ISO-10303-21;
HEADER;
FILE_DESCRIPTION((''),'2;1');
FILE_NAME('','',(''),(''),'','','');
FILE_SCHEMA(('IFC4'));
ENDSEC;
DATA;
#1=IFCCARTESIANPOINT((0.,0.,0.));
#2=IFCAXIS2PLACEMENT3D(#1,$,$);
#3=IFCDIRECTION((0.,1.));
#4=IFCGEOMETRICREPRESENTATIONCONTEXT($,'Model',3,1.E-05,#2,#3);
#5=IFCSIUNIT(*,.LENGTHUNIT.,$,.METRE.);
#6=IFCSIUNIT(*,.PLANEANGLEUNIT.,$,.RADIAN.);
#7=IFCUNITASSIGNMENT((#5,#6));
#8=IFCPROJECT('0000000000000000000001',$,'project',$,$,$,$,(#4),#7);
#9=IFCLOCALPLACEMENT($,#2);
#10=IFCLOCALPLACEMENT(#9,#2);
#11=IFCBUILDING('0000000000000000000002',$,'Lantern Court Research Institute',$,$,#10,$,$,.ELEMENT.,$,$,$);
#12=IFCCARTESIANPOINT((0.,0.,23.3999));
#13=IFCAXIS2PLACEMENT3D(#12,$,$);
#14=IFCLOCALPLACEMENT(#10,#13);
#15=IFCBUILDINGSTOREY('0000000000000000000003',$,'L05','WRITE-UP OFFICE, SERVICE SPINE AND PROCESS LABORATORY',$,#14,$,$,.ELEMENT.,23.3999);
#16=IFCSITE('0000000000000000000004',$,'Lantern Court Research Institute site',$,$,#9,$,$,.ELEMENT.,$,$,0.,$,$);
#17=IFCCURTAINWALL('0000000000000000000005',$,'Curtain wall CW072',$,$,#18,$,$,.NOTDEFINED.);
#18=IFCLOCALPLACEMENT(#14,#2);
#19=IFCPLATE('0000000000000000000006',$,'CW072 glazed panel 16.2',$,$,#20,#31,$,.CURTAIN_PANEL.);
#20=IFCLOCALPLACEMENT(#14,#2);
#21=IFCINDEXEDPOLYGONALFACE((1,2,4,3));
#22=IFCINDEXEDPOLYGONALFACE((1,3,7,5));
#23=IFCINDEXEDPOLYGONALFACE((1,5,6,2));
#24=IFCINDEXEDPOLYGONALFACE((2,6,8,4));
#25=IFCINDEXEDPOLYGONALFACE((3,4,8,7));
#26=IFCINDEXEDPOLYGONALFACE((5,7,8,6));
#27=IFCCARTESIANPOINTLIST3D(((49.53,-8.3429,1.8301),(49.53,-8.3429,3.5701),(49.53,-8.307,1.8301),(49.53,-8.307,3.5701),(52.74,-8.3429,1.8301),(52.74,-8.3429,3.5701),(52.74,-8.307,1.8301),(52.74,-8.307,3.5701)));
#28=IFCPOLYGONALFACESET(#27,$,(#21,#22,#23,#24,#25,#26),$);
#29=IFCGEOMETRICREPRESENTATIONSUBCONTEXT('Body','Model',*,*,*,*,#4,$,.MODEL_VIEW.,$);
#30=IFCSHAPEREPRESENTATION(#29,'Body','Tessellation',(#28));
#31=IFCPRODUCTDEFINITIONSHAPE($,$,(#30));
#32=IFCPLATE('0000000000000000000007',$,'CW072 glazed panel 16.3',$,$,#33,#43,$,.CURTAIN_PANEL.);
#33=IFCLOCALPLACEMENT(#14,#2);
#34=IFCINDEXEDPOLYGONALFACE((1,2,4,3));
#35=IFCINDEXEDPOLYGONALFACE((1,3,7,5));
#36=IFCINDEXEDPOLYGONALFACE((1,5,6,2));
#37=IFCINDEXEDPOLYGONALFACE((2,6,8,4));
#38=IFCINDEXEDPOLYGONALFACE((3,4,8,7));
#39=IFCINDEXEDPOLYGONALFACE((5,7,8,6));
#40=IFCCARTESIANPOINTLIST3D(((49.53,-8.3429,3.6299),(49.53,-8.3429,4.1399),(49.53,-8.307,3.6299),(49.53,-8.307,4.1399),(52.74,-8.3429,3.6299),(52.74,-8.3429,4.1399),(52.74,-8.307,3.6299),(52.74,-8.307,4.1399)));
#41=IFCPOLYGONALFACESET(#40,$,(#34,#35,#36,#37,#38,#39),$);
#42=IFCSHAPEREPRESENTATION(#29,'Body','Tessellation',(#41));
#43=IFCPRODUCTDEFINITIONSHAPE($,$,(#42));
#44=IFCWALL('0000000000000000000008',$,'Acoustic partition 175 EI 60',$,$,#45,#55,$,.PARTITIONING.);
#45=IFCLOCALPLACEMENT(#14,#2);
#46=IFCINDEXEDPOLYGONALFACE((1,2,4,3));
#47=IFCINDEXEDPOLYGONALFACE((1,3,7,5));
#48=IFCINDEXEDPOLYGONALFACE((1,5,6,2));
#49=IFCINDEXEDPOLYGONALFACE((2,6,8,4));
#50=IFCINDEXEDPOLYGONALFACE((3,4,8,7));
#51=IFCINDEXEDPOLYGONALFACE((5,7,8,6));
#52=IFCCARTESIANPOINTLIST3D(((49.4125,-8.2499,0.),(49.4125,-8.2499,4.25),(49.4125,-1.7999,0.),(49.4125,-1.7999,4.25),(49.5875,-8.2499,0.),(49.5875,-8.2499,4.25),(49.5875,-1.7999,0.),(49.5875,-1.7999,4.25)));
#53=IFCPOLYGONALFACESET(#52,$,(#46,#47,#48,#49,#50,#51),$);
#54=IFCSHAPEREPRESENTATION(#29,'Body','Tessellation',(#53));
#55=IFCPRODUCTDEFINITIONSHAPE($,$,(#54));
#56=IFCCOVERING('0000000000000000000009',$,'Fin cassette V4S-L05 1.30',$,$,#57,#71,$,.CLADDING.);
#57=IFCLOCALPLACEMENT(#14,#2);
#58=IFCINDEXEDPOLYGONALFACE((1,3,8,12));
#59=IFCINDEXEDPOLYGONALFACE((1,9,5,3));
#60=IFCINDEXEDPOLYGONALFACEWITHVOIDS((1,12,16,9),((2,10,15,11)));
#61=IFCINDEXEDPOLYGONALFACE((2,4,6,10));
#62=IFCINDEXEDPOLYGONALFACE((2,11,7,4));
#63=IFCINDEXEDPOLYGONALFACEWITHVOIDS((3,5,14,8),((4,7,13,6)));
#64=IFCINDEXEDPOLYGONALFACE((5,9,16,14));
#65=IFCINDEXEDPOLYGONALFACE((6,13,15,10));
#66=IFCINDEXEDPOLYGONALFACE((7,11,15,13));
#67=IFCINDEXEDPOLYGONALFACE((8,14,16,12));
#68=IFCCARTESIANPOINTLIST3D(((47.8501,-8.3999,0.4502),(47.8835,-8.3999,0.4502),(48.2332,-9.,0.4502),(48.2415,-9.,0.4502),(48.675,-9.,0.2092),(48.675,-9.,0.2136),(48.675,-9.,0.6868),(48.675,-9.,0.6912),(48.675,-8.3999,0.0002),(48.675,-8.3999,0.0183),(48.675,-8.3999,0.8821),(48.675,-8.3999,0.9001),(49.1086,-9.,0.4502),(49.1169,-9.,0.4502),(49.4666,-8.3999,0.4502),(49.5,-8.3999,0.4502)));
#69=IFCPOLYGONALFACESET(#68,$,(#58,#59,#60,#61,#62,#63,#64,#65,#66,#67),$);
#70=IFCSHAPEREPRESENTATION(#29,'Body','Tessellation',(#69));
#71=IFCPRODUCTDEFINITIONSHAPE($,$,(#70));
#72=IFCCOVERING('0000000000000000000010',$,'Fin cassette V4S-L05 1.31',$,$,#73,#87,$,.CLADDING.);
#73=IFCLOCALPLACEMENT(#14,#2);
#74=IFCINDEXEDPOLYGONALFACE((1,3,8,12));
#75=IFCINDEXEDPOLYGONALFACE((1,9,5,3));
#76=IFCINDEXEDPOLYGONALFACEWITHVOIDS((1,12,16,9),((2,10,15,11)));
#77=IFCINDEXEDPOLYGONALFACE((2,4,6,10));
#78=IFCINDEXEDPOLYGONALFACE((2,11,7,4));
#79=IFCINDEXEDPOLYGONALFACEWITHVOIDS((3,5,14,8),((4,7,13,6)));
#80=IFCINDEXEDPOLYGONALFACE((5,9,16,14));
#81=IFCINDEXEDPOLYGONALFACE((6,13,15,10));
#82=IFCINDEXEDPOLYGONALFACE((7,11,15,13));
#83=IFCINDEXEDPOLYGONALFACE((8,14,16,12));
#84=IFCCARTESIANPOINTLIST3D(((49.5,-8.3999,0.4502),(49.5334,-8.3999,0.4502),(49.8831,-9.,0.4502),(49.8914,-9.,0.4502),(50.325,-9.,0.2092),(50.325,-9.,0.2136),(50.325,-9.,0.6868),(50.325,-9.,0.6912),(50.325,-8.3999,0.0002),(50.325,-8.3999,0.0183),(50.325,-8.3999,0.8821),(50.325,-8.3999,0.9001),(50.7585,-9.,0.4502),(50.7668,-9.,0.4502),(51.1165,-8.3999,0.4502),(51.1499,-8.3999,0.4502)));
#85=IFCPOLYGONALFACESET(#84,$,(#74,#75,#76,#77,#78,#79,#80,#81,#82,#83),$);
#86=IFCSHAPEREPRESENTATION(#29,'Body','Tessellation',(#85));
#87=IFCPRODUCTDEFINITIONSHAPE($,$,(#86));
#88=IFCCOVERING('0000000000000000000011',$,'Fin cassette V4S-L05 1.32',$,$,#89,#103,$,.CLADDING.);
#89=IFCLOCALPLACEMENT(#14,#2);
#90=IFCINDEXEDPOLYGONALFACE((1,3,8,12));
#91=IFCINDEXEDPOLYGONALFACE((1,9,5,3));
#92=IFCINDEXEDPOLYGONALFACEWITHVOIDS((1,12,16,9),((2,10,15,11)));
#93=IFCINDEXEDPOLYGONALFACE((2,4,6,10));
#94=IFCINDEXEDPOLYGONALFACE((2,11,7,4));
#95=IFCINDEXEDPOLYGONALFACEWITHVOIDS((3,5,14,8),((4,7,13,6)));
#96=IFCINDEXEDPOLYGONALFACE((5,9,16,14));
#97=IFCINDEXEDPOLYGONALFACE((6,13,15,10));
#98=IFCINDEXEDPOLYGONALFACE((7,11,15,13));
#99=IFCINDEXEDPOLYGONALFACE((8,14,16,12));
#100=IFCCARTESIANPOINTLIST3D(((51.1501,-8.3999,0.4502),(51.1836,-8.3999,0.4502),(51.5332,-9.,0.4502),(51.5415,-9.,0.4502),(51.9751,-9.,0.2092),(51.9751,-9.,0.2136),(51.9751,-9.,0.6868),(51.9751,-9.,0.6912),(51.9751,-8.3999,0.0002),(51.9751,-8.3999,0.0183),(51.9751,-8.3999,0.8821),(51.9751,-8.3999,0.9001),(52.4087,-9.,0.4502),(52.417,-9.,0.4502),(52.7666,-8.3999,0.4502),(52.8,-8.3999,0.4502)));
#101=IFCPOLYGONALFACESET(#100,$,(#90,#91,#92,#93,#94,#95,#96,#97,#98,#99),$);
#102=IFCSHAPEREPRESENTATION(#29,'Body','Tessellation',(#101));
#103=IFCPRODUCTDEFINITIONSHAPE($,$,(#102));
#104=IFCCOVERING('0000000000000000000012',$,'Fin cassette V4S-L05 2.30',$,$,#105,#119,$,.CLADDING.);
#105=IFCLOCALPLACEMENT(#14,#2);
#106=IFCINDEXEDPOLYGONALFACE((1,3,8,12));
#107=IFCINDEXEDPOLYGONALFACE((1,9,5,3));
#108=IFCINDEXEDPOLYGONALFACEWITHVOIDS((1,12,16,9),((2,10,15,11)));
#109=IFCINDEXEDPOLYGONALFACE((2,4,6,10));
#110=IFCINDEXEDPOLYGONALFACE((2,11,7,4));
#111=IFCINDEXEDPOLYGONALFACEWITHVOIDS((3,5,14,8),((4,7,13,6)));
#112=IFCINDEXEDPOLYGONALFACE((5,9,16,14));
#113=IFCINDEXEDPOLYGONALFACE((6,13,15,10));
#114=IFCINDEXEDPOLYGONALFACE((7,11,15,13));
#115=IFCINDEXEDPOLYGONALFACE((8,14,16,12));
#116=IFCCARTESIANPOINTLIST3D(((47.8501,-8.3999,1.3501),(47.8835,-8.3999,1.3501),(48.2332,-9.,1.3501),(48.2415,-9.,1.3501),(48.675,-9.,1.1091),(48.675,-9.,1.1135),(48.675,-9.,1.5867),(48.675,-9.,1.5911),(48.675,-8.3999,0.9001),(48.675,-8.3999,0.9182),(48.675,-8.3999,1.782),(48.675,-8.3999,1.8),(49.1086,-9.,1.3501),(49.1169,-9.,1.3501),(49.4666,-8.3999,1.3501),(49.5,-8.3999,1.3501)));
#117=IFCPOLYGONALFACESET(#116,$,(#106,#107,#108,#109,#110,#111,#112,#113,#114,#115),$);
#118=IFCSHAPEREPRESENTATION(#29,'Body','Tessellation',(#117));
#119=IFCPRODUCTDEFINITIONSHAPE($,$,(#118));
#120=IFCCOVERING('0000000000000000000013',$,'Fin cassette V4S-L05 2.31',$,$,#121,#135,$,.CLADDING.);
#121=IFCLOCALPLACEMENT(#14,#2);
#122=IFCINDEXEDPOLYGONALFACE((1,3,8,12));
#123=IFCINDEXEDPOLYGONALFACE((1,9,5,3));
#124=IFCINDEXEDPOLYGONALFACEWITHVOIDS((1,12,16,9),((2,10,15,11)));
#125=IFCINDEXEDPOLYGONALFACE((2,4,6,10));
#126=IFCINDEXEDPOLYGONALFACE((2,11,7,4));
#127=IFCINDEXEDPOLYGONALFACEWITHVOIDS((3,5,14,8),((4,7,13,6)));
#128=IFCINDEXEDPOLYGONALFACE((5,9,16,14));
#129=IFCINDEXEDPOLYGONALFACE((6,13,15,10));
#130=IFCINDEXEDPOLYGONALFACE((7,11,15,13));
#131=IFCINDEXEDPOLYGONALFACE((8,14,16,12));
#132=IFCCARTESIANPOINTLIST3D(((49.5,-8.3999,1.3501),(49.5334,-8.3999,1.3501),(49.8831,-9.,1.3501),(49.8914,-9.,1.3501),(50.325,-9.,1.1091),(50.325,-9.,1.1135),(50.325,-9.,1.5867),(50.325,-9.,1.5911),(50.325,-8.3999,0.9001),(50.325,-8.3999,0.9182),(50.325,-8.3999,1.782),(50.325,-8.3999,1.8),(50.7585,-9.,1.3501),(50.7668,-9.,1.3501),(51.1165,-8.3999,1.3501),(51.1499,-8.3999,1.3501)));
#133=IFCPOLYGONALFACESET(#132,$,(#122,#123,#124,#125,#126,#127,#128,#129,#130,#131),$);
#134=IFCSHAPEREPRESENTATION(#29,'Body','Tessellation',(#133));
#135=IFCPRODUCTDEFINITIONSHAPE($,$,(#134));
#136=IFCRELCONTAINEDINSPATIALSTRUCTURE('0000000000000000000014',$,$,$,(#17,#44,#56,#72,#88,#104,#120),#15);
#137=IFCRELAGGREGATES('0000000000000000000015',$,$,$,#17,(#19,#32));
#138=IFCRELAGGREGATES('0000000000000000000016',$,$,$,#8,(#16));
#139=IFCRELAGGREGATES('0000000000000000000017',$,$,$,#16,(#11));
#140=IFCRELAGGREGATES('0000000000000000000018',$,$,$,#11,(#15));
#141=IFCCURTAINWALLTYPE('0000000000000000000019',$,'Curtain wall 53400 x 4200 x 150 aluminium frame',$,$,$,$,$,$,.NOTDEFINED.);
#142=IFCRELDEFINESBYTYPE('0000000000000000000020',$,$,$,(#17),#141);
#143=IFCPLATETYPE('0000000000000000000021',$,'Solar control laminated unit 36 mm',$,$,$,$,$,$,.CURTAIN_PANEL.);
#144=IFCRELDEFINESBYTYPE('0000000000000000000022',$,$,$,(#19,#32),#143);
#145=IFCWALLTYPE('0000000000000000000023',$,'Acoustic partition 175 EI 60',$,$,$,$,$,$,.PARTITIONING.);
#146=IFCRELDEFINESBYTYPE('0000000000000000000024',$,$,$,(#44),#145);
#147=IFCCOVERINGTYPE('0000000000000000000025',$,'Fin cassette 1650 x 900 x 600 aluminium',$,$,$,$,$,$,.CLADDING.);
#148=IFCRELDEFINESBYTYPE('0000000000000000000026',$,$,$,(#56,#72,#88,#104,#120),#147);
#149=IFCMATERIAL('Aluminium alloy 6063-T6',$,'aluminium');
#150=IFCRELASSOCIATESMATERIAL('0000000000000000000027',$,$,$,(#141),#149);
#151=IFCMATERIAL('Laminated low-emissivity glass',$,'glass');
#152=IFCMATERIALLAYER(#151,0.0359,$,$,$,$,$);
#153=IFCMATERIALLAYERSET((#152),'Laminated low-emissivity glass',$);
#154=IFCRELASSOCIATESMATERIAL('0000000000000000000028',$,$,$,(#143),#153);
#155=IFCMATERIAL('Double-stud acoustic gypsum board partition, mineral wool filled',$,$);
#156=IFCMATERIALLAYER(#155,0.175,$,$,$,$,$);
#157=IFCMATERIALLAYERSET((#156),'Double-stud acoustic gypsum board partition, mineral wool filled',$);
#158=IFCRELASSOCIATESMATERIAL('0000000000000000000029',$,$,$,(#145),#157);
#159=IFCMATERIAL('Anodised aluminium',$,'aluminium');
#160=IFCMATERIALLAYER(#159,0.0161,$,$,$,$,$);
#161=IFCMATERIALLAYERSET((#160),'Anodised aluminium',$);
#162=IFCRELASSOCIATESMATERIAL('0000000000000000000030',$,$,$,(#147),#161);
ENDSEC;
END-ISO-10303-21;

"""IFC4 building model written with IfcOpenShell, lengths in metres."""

from ifc_helpers import new_model, entity, si_unit, direction, frame, frame_2d, origin, origin_2d, place, context, subcontext, project, spatial, rectangle, extrude, material, layer, layer_set, type_object, element, aggregate, save


model = new_model("IFC4")

# Units and contexts
model_context = context("Model", 3, precision=1e-05, world=origin(), true_north=direction((0.0, 1.0)))
body_context = subcontext(model_context, "Body", "Model", "MODEL_VIEW")
ifc_project = project(units=[si_unit("LENGTHUNIT", "METRE"), si_unit("PLANEANGLEUNIT", "RADIAN")], contexts=[model_context])

# Site, building, storey
site_placement = place(None, origin())
site = spatial("IfcSite", under=ifc_project, at=site_placement, Name="Lantern Court Research Institute site", CompositionType="ELEMENT", RefElevation=0.0)
building_placement = place(site_placement, origin())
building = spatial("IfcBuilding", under=site, at=building_placement, Name="Lantern Court Research Institute", CompositionType="ELEMENT")
storey_placement = place(building_placement, frame((0.0, 0.0, 23.3999)))
storey = spatial("IfcBuildingStorey", under=building, at=storey_placement, Name="L05", Description="WRITE-UP OFFICE, SERVICE SPINE AND PROCESS LABORATORY", CompositionType="ELEMENT", Elevation=23.3999)

# Curtain wall, plates
ifc_material_1 = material(Name="Aluminium alloy 6063-T6", Category="aluminium")
curtain_wall_type = type_object("IfcCurtainWallType", Name="Curtain wall 53400 x 4200 x 150 aluminium frame", PredefinedType="NOTDEFINED", material=ifc_material_1)
curtain_wall_placement = place(storey_placement, origin())
curtain_wall = element("IfcCurtainWall", 1, at=curtain_wall_placement, inside=storey, type_object=curtain_wall_type, Name="Curtain wall CW072", PredefinedType="NOTDEFINED")
ifc_material_2 = material(Name="Laminated low-emissivity glass", Category="glass")
ifc_layer_1 = layer(ifc_material_2, 0.0359)
ifc_layer_set_1 = layer_set([ifc_layer_1], Name="Laminated low-emissivity glass")
plate_type_1 = type_object("IfcPlateType", Name="Solar control laminated unit 36 mm", PredefinedType="CURTAIN_PANEL", material=ifc_layer_set_1)
plate_1_placement = place(storey_placement, frame((51.135, -8.325, 1.8301), z_axis=(0.0, 0.0, 1.0), x_axis=(-1.0, 0.0, 0.0)))
plate_1 = element("IfcPlate", 2, at=plate_1_placement, type_object=plate_type_1, Name="CW072 glazed panel 16.2", PredefinedType="CURTAIN_PANEL", context=body_context, shape_type="SweptSolid", body=[
    extrude(rectangle(XDim=3.21, YDim=0.0359, at=origin_2d()), origin(), (0.0, 0.0, 1.0), 1.74),
])
plate_2_placement = place(storey_placement, frame((51.135, -8.325, 3.6299), z_axis=(0.0, 0.0, 1.0), x_axis=(-1.0, 0.0, 0.0)))
plate_2 = element("IfcPlate", 3, at=plate_2_placement, type_object=plate_type_1, Name="CW072 glazed panel 16.3", PredefinedType="CURTAIN_PANEL", context=body_context, shape_type="SweptSolid", body=[
    extrude(rectangle(XDim=3.21, YDim=0.0359, at=origin_2d()), origin(), (0.0, 0.0, 1.0), 0.51),
])
aggregate(curtain_wall, [plate_1, plate_2])

# Wall
ifc_material_3 = material(Name="Double-stud acoustic gypsum board partition, mineral wool filled")
ifc_layer_2 = layer(ifc_material_3, 0.175)
ifc_layer_set_2 = layer_set([ifc_layer_2], Name="Double-stud acoustic gypsum board partition, mineral wool filled")
wall_type = type_object("IfcWallType", Name="Acoustic partition 175 EI 60", PredefinedType="PARTITIONING", material=ifc_layer_set_2)
wall_placement = place(storey_placement, frame((49.5, -8.25, 0.0), z_axis=(0.0, 0.0, 1.0), x_axis=(0.0, 1.0, 0.0)))
element("IfcWall", 4, at=wall_placement, inside=storey, type_object=wall_type, Name="Acoustic partition 175 EI 60", PredefinedType="PARTITIONING", context=body_context, shape_type="SweptSolid", body=[
    extrude(rectangle(XDim=6.45, YDim=0.175, at=frame_2d((3.2251, 0.0))), origin(), (0.0, 0.0, 1.0), 4.25),
])

# Coverings
ifc_material_4 = material(Name="Anodised aluminium", Category="aluminium")
ifc_layer_3 = layer(ifc_material_4, 0.0161)
ifc_layer_set_3 = layer_set([ifc_layer_3], Name="Anodised aluminium")
covering_type = type_object("IfcCoveringType", Name="Fin cassette 1650 x 900 x 600 aluminium", PredefinedType="CLADDING", material=ifc_layer_set_3)
covering_1_placement = place(storey_placement, frame((48.675, -8.3999, 0.4502), z_axis=(0.0, -1.0, 0.0), x_axis=(1.0, 0.0, 0.0)))
cartesian_point_1 = entity("IfcCartesianPoint", [0.825, 0.0])
cartesian_point_2 = entity("IfcCartesianPoint", [0.7915, 0.0])
cartesian_point_3 = entity("IfcCartesianPoint", [0.4419, 0.0])
cartesian_point_4 = entity("IfcCartesianPoint", [0.4336, 0.0])
element("IfcCovering", 5, at=covering_1_placement, inside=storey, type_object=covering_type, Name="Fin cassette V4S-L05 1.30", PredefinedType="CLADDING", context=body_context, shape_type="SweptSolid", body=[
    entity("IfcExtrudedAreaSolidTapered", entity("IfcArbitraryProfileDefWithVoids", "AREA", None, entity("IfcPolyline", [cartesian_point_1, entity("IfcCartesianPoint", [0.0, 0.45]), entity("IfcCartesianPoint", [-0.825, 0.0]), entity("IfcCartesianPoint", [0.0, -0.45]), cartesian_point_1]), [entity("IfcPolyline", [cartesian_point_2, entity("IfcCartesianPoint", [0.0, 0.4319]), entity("IfcCartesianPoint", [-0.7915, 0.0]), entity("IfcCartesianPoint", [0.0, -0.4319]), cartesian_point_2])]), entity("IfcAxis2Placement3D", entity("IfcCartesianPoint", [0.0, 0.0, 0.0])), entity("IfcDirection", [0.0, 0.0, 1.0]), 0.6001, entity("IfcArbitraryProfileDefWithVoids", "AREA", None, entity("IfcPolyline", [cartesian_point_3, entity("IfcCartesianPoint", [0.0, 0.241]), entity("IfcCartesianPoint", [-0.4419, 0.0]), entity("IfcCartesianPoint", [0.0, -0.241]), cartesian_point_3]), [entity("IfcPolyline", [cartesian_point_4, entity("IfcCartesianPoint", [0.0, 0.2366]), entity("IfcCartesianPoint", [-0.4336, 0.0]), entity("IfcCartesianPoint", [0.0, -0.2366]), cartesian_point_4])])),
])
covering_2_placement = place(storey_placement, frame((50.325, -8.3999, 0.4502), z_axis=(0.0, -1.0, 0.0), x_axis=(1.0, 0.0, 0.0)))
cartesian_point_5 = entity("IfcCartesianPoint", [0.825, 0.0])
cartesian_point_6 = entity("IfcCartesianPoint", [0.7915, 0.0])
cartesian_point_7 = entity("IfcCartesianPoint", [0.4419, 0.0])
cartesian_point_8 = entity("IfcCartesianPoint", [0.4336, 0.0])
element("IfcCovering", 6, at=covering_2_placement, inside=storey, type_object=covering_type, Name="Fin cassette V4S-L05 1.31", PredefinedType="CLADDING", context=body_context, shape_type="SweptSolid", body=[
    entity("IfcExtrudedAreaSolidTapered", entity("IfcArbitraryProfileDefWithVoids", "AREA", None, entity("IfcPolyline", [cartesian_point_5, entity("IfcCartesianPoint", [0.0, 0.45]), entity("IfcCartesianPoint", [-0.825, 0.0]), entity("IfcCartesianPoint", [0.0, -0.45]), cartesian_point_5]), [entity("IfcPolyline", [cartesian_point_6, entity("IfcCartesianPoint", [0.0, 0.4319]), entity("IfcCartesianPoint", [-0.7915, 0.0]), entity("IfcCartesianPoint", [0.0, -0.4319]), cartesian_point_6])]), entity("IfcAxis2Placement3D", entity("IfcCartesianPoint", [0.0, 0.0, 0.0])), entity("IfcDirection", [0.0, 0.0, 1.0]), 0.6001, entity("IfcArbitraryProfileDefWithVoids", "AREA", None, entity("IfcPolyline", [cartesian_point_7, entity("IfcCartesianPoint", [0.0, 0.241]), entity("IfcCartesianPoint", [-0.4419, 0.0]), entity("IfcCartesianPoint", [0.0, -0.241]), cartesian_point_7]), [entity("IfcPolyline", [cartesian_point_8, entity("IfcCartesianPoint", [0.0, 0.2366]), entity("IfcCartesianPoint", [-0.4336, 0.0]), entity("IfcCartesianPoint", [0.0, -0.2366]), cartesian_point_8])])),
])
covering_3_placement = place(storey_placement, frame((51.9751, -8.3999, 0.4502), z_axis=(0.0, -1.0, 0.0), x_axis=(1.0, 0.0, 0.0)))
cartesian_point_9 = entity("IfcCartesianPoint", [0.825, 0.0])
cartesian_point_10 = entity("IfcCartesianPoint", [0.7915, 0.0])
cartesian_point_11 = entity("IfcCartesianPoint", [0.4419, 0.0])
cartesian_point_12 = entity("IfcCartesianPoint", [0.4336, 0.0])
element("IfcCovering", 7, at=covering_3_placement, inside=storey, type_object=covering_type, Name="Fin cassette V4S-L05 1.32", PredefinedType="CLADDING", context=body_context, shape_type="SweptSolid", body=[
    entity("IfcExtrudedAreaSolidTapered", entity("IfcArbitraryProfileDefWithVoids", "AREA", None, entity("IfcPolyline", [cartesian_point_9, entity("IfcCartesianPoint", [0.0, 0.45]), entity("IfcCartesianPoint", [-0.825, 0.0]), entity("IfcCartesianPoint", [0.0, -0.45]), cartesian_point_9]), [entity("IfcPolyline", [cartesian_point_10, entity("IfcCartesianPoint", [0.0, 0.4319]), entity("IfcCartesianPoint", [-0.7915, 0.0]), entity("IfcCartesianPoint", [0.0, -0.4319]), cartesian_point_10])]), entity("IfcAxis2Placement3D", entity("IfcCartesianPoint", [0.0, 0.0, 0.0])), entity("IfcDirection", [0.0, 0.0, 1.0]), 0.6001, entity("IfcArbitraryProfileDefWithVoids", "AREA", None, entity("IfcPolyline", [cartesian_point_11, entity("IfcCartesianPoint", [0.0, 0.241]), entity("IfcCartesianPoint", [-0.4419, 0.0]), entity("IfcCartesianPoint", [0.0, -0.241]), cartesian_point_11]), [entity("IfcPolyline", [cartesian_point_12, entity("IfcCartesianPoint", [0.0, 0.2366]), entity("IfcCartesianPoint", [-0.4336, 0.0]), entity("IfcCartesianPoint", [0.0, -0.2366]), cartesian_point_12])])),
])
covering_4_placement = place(storey_placement, frame((48.675, -8.3999, 1.3501), z_axis=(0.0, -1.0, 0.0), x_axis=(1.0, 0.0, 0.0)))
cartesian_point_13 = entity("IfcCartesianPoint", [0.825, 0.0])
cartesian_point_14 = entity("IfcCartesianPoint", [0.7915, 0.0])
cartesian_point_15 = entity("IfcCartesianPoint", [0.4419, 0.0])
cartesian_point_16 = entity("IfcCartesianPoint", [0.4336, 0.0])
element("IfcCovering", 8, at=covering_4_placement, inside=storey, type_object=covering_type, Name="Fin cassette V4S-L05 2.30", PredefinedType="CLADDING", context=body_context, shape_type="SweptSolid", body=[
    entity("IfcExtrudedAreaSolidTapered", entity("IfcArbitraryProfileDefWithVoids", "AREA", None, entity("IfcPolyline", [cartesian_point_13, entity("IfcCartesianPoint", [0.0, 0.45]), entity("IfcCartesianPoint", [-0.825, 0.0]), entity("IfcCartesianPoint", [0.0, -0.45]), cartesian_point_13]), [entity("IfcPolyline", [cartesian_point_14, entity("IfcCartesianPoint", [0.0, 0.4319]), entity("IfcCartesianPoint", [-0.7915, 0.0]), entity("IfcCartesianPoint", [0.0, -0.4319]), cartesian_point_14])]), entity("IfcAxis2Placement3D", entity("IfcCartesianPoint", [0.0, 0.0, 0.0])), entity("IfcDirection", [0.0, 0.0, 1.0]), 0.6001, entity("IfcArbitraryProfileDefWithVoids", "AREA", None, entity("IfcPolyline", [cartesian_point_15, entity("IfcCartesianPoint", [0.0, 0.241]), entity("IfcCartesianPoint", [-0.4419, 0.0]), entity("IfcCartesianPoint", [0.0, -0.241]), cartesian_point_15]), [entity("IfcPolyline", [cartesian_point_16, entity("IfcCartesianPoint", [0.0, 0.2366]), entity("IfcCartesianPoint", [-0.4336, 0.0]), entity("IfcCartesianPoint", [0.0, -0.2366]), cartesian_point_16])])),
])
covering_5_placement = place(storey_placement, frame((50.325, -8.3999, 1.3501), z_axis=(0.0, -1.0, 0.0), x_axis=(1.0, 0.0, 0.0)))
cartesian_point_17 = entity("IfcCartesianPoint", [0.825, 0.0])
cartesian_point_18 = entity("IfcCartesianPoint", [0.7915, 0.0])
cartesian_point_19 = entity("IfcCartesianPoint", [0.4419, 0.0])
cartesian_point_20 = entity("IfcCartesianPoint", [0.4336, 0.0])
element("IfcCovering", 9, at=covering_5_placement, inside=storey, type_object=covering_type, Name="Fin cassette V4S-L05 2.31", PredefinedType="CLADDING", context=body_context, shape_type="SweptSolid", body=[
    entity("IfcExtrudedAreaSolidTapered", entity("IfcArbitraryProfileDefWithVoids", "AREA", None, entity("IfcPolyline", [cartesian_point_17, entity("IfcCartesianPoint", [0.0, 0.45]), entity("IfcCartesianPoint", [-0.825, 0.0]), entity("IfcCartesianPoint", [0.0, -0.45]), cartesian_point_17]), [entity("IfcPolyline", [cartesian_point_18, entity("IfcCartesianPoint", [0.0, 0.4319]), entity("IfcCartesianPoint", [-0.7915, 0.0]), entity("IfcCartesianPoint", [0.0, -0.4319]), cartesian_point_18])]), entity("IfcAxis2Placement3D", entity("IfcCartesianPoint", [0.0, 0.0, 0.0])), entity("IfcDirection", [0.0, 0.0, 1.0]), 0.6001, entity("IfcArbitraryProfileDefWithVoids", "AREA", None, entity("IfcPolyline", [cartesian_point_19, entity("IfcCartesianPoint", [0.0, 0.241]), entity("IfcCartesianPoint", [-0.4419, 0.0]), entity("IfcCartesianPoint", [0.0, -0.241]), cartesian_point_19]), [entity("IfcPolyline", [cartesian_point_20, entity("IfcCartesianPoint", [0.0, 0.2366]), entity("IfcCartesianPoint", [-0.4336, 0.0]), entity("IfcCartesianPoint", [0.0, -0.2366]), cartesian_point_20])])),
])

save(model, "model.ifc")
